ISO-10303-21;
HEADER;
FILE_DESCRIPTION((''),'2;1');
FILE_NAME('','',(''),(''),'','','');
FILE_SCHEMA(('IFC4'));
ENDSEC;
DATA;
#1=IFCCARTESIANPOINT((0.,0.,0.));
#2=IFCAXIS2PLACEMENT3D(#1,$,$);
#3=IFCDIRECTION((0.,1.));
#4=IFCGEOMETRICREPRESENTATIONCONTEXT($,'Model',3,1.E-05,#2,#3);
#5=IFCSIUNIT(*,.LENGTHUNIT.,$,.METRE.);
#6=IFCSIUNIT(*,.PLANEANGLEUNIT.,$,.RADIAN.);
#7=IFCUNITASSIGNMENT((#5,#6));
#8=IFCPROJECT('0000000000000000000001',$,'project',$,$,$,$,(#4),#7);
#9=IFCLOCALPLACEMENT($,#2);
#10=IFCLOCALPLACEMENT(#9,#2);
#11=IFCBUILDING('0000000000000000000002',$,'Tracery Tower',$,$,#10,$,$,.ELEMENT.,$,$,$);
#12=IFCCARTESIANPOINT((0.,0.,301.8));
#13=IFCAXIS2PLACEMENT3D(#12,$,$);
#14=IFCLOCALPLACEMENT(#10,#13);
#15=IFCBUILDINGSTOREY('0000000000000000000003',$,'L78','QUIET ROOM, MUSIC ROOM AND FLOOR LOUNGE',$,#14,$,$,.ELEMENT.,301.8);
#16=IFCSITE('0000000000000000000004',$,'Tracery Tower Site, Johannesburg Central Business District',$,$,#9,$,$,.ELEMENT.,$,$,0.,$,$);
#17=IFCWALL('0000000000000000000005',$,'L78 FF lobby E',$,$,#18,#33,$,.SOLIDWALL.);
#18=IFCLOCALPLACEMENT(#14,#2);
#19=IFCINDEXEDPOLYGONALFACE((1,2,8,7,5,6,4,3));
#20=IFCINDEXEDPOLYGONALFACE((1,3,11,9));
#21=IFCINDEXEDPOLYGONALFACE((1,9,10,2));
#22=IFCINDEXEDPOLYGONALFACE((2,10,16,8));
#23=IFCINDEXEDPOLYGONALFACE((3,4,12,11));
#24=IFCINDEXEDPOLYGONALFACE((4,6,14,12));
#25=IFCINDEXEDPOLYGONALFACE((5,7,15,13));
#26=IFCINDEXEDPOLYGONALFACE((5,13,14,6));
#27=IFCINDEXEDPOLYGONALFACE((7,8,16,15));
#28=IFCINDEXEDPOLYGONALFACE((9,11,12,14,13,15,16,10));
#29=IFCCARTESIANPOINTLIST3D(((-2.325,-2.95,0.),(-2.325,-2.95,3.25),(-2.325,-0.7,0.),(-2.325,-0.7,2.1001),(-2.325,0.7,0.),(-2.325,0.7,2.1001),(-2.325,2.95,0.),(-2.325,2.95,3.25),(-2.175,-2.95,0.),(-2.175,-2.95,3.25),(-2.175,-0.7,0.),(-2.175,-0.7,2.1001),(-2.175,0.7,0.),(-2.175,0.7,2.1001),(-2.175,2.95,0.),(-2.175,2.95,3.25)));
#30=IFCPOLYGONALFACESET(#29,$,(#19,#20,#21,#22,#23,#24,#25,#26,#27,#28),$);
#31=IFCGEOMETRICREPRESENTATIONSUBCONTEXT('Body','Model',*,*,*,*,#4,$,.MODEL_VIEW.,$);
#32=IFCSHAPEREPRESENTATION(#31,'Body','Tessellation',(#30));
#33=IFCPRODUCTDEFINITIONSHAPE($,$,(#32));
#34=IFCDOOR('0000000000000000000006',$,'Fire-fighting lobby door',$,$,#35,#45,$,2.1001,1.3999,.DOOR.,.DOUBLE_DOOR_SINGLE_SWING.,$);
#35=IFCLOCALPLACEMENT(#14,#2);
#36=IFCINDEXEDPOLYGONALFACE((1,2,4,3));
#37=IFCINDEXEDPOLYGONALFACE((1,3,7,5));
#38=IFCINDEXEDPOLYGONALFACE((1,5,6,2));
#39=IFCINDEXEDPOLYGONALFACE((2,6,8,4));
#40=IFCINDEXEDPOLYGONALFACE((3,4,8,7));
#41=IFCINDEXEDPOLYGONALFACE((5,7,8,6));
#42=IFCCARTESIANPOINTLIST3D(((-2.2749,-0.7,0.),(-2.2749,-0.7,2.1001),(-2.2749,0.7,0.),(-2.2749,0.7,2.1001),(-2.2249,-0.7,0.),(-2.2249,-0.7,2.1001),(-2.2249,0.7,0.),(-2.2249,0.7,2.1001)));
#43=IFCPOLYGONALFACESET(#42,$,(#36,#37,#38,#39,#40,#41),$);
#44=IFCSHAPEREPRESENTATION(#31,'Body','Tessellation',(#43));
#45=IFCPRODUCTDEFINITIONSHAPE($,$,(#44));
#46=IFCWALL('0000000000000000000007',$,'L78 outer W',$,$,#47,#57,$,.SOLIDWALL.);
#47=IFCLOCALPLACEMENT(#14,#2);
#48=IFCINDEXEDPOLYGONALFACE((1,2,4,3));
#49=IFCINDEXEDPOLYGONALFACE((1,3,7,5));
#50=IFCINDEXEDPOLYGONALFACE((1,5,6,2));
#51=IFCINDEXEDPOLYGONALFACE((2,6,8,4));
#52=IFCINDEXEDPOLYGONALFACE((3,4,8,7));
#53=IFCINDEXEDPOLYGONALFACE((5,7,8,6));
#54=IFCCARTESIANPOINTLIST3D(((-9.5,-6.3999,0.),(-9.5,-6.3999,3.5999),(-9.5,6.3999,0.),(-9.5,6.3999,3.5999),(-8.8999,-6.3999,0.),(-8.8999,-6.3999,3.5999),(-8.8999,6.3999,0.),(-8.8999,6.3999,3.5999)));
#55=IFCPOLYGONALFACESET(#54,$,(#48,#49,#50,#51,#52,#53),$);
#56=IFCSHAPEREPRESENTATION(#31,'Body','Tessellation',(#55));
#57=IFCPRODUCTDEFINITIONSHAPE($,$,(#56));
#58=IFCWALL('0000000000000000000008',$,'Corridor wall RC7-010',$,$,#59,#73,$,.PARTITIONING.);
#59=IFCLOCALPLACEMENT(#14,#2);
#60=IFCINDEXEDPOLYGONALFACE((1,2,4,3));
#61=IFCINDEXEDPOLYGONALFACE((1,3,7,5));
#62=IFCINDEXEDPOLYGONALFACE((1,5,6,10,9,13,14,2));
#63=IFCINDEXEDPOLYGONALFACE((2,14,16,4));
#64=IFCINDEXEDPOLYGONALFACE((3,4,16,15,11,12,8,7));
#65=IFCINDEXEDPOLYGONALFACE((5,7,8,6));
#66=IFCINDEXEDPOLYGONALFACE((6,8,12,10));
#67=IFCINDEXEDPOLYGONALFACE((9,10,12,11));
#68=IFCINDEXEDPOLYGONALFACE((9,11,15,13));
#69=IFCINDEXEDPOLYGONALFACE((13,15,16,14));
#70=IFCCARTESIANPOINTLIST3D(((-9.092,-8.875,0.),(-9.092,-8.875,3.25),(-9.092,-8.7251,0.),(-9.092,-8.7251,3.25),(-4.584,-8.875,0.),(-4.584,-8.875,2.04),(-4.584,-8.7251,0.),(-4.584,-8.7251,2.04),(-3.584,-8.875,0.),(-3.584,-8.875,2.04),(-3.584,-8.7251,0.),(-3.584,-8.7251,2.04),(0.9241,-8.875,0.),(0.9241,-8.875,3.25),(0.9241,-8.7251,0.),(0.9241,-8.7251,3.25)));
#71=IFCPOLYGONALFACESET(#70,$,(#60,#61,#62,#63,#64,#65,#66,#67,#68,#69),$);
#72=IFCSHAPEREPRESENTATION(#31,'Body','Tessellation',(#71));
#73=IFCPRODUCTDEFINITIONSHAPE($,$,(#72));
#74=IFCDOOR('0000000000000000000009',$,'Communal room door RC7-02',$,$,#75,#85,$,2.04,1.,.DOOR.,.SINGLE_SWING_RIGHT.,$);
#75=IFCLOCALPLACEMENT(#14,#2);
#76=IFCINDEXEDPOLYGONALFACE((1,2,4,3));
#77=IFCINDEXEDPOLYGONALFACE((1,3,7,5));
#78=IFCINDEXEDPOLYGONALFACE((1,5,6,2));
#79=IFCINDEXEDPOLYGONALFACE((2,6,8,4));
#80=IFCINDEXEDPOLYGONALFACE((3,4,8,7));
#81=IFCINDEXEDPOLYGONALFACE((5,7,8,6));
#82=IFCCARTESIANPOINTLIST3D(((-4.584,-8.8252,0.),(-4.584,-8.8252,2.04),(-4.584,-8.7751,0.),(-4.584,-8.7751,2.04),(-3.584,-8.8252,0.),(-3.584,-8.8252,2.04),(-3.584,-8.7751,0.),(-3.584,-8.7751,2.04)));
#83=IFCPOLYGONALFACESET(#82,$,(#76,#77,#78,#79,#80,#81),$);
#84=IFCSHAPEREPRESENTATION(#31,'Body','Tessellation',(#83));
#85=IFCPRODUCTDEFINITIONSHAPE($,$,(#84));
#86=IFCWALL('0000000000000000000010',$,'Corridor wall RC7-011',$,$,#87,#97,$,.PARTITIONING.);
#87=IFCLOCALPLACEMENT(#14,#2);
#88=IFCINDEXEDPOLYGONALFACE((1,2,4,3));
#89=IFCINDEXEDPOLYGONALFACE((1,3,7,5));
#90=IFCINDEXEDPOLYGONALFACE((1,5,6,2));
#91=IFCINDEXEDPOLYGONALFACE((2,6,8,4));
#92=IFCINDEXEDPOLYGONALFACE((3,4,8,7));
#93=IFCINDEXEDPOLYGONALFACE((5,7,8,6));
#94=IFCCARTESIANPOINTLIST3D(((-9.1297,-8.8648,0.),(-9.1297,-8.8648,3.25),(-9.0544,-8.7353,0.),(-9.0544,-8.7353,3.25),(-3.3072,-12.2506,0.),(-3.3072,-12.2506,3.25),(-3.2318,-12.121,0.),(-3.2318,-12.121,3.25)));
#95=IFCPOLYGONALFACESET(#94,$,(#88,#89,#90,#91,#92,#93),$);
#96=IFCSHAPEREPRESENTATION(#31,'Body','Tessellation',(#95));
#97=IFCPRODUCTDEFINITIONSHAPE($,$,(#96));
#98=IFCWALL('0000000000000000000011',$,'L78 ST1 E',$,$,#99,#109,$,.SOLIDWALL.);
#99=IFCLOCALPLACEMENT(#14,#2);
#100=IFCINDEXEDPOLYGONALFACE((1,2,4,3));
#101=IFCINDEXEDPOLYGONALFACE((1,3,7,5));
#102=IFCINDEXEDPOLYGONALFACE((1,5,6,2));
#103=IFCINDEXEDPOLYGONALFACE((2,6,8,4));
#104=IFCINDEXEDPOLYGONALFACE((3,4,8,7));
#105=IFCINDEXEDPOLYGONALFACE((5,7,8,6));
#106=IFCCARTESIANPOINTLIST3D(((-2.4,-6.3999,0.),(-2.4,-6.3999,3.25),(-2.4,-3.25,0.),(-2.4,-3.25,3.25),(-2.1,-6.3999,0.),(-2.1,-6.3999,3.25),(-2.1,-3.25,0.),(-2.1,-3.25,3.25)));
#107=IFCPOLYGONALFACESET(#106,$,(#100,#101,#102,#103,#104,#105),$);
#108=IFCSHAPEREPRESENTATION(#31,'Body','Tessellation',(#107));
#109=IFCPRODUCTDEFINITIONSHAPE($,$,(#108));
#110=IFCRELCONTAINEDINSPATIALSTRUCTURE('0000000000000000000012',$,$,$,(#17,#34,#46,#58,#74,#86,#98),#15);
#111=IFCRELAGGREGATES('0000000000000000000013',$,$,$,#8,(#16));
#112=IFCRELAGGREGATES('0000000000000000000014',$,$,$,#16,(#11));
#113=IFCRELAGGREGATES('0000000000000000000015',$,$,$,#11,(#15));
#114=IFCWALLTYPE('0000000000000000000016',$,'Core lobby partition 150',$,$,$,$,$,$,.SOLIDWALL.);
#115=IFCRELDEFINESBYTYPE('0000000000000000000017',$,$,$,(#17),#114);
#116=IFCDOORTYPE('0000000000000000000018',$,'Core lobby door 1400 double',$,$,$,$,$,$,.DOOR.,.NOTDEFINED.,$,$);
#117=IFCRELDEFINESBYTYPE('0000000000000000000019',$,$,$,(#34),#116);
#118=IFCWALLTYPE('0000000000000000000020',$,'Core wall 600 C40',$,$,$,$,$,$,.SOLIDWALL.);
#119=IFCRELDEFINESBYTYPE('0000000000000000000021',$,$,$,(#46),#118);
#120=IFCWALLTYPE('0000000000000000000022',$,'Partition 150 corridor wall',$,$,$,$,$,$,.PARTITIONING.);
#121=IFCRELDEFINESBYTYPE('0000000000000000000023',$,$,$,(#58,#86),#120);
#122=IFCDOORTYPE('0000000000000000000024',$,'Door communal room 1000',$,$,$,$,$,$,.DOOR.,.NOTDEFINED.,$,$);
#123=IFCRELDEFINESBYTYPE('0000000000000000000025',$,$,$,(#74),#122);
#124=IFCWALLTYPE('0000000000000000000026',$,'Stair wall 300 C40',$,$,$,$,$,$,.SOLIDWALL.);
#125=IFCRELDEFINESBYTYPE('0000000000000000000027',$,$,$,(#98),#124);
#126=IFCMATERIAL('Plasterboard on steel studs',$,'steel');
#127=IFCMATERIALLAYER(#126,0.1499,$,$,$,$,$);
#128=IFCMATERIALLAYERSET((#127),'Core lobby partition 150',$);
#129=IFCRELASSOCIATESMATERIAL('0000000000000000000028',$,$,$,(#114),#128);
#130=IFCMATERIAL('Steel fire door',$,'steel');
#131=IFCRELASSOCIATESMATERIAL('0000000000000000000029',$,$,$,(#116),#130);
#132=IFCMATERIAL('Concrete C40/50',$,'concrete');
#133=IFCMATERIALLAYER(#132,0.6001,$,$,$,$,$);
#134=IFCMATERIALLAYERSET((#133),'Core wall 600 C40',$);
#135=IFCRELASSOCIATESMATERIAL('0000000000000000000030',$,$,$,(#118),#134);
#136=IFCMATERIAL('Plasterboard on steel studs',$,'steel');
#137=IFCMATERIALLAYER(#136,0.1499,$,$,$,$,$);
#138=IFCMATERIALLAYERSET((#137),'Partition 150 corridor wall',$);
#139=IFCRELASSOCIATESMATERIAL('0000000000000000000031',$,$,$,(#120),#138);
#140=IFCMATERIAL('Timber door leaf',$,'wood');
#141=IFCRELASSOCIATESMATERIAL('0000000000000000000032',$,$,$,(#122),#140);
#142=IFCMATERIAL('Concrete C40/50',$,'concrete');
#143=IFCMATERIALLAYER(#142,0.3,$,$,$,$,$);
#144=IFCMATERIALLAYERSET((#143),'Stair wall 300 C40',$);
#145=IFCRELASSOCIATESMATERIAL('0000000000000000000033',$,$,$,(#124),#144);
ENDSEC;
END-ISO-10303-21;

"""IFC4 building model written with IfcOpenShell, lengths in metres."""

from ifc_helpers import new_model, si_unit, direction, frame, frame_2d, origin, place, context, subcontext, project, spatial, rectangle, extrude, material, layer, layer_set, type_object, element, fill, save


model = new_model("IFC4")

# Units and contexts
model_context = context("Model", 3, precision=1e-05, world=origin(), true_north=direction((0.0, 1.0)))
body_context = subcontext(model_context, "Body", "Model", "MODEL_VIEW")
ifc_project = project(units=[si_unit("LENGTHUNIT", "METRE"), si_unit("PLANEANGLEUNIT", "RADIAN")], contexts=[model_context])

# Site, building, storey
site_placement = place(None, origin())
site = spatial("IfcSite", under=ifc_project, at=site_placement, Name="Tracery Tower Site, Johannesburg Central Business District", CompositionType="ELEMENT", RefElevation=0.0)
building_placement = place(site_placement, origin())
building = spatial("IfcBuilding", under=site, at=building_placement, Name="Tracery Tower", CompositionType="ELEMENT")
storey_placement = place(building_placement, frame((0.0, 0.0, 301.8)))
storey = spatial("IfcBuildingStorey", under=building, at=storey_placement, Name="L78", Description="QUIET ROOM, MUSIC ROOM AND FLOOR LOUNGE", CompositionType="ELEMENT", Elevation=301.8)

# Wall, opening, door
ifc_material_1 = material(Name="Plasterboard on steel studs", Category="steel")
ifc_layer_1 = layer(ifc_material_1, 0.1499)
ifc_layer_set_1 = layer_set([ifc_layer_1], Name="Core lobby partition 150")
wall_type_1 = type_object("IfcWallType", Name="Core lobby partition 150", PredefinedType="SOLIDWALL", material=ifc_layer_set_1)
wall_1_placement = place(storey_placement, frame((-2.25, -2.95, 0.0), z_axis=(0.0, 0.0, 1.0), x_axis=(0.0, 1.0, 0.0)))
wall_1 = element("IfcWall", 1, at=wall_1_placement, inside=storey, type_object=wall_type_1, Name="L78 FF lobby E", PredefinedType="SOLIDWALL", context=body_context, shape_type="SweptSolid", body=[
    extrude(rectangle(XDim=5.8999, YDim=0.1499, at=frame_2d((2.95, 0.0))), origin(), (0.0, 0.0, 1.0), 3.25),
])
opening_1_placement = place(wall_1_placement, frame((2.25, 0.0, 0.0)))
opening_1 = element("IfcOpeningElement", 2, at=opening_1_placement, cuts=wall_1, PredefinedType="OPENING", context=body_context, shape_type="SweptSolid", body=[
    extrude(rectangle(XDim=1.3999, YDim=2.1001, at=frame_2d((0.7, 1.05))), frame((0.0, 0.075, 0.0), z_axis=(0.0, -1.0, 0.0), x_axis=(1.0, 0.0, 0.0)), (0.0, 0.0, 1.0), 0.1499),
])
ifc_material_2 = material(Name="Steel fire door", Category="steel")
door_type_1 = type_object("IfcDoorType", Name="Core lobby door 1400 double", OperationType="NOTDEFINED", PredefinedType="DOOR", material=ifc_material_2)
door_1_placement = place(opening_1_placement, origin())
door_1 = element("IfcDoor", 3, at=door_1_placement, inside=storey, type_object=door_type_1, Name="Fire-fighting lobby door", OperationType="DOUBLE_DOOR_SINGLE_SWING", OverallHeight=2.1001, OverallWidth=1.3999, PredefinedType="DOOR", context=body_context, shape_type="SweptSolid", body=[
    extrude(rectangle(XDim=1.3999, YDim=2.1001, at=frame_2d((0.7, 1.05))), frame((0.0, 0.0249, 0.0), z_axis=(0.0, -1.0, 0.0), x_axis=(1.0, 0.0, 0.0)), (0.0, 0.0, 1.0), 0.05),
])
fill(opening_1, door_1)

# Wall
ifc_material_3 = material(Name="Concrete C40/50", Category="concrete")
ifc_layer_2 = layer(ifc_material_3, 0.6001)
ifc_layer_set_2 = layer_set([ifc_layer_2], Name="Core wall 600 C40")
wall_type_2 = type_object("IfcWallType", Name="Core wall 600 C40", PredefinedType="SOLIDWALL", material=ifc_layer_set_2)
wall_2_placement = place(storey_placement, frame((-9.2, -6.3999, 0.0), z_axis=(0.0, 0.0, 1.0), x_axis=(0.0, 1.0, 0.0)))
element("IfcWall", 4, at=wall_2_placement, inside=storey, type_object=wall_type_2, Name="L78 outer W", PredefinedType="SOLIDWALL", context=body_context, shape_type="SweptSolid", body=[
    extrude(rectangle(XDim=12.7998, YDim=0.6001, at=frame_2d((6.3999, 0.0))), origin(), (0.0, 0.0, 1.0), 3.5999),
])

# Wall, opening, door
ifc_material_4 = material(Name="Plasterboard on steel studs", Category="steel")
ifc_layer_3 = layer(ifc_material_4, 0.1499)
ifc_layer_set_3 = layer_set([ifc_layer_3], Name="Partition 150 corridor wall")
wall_type_3 = type_object("IfcWallType", Name="Partition 150 corridor wall", PredefinedType="PARTITIONING", material=ifc_layer_set_3)
wall_3_placement = place(storey_placement, frame((-9.092, -8.8, 0.0), z_axis=(0.0, 0.0, 1.0), x_axis=(1.0, 0.0, 0.0)))
wall_3 = element("IfcWall", 5, at=wall_3_placement, inside=storey, type_object=wall_type_3, Name="Corridor wall RC7-010", PredefinedType="PARTITIONING", context=body_context, shape_type="SweptSolid", body=[
    extrude(rectangle(XDim=10.0161, YDim=0.1499, at=frame_2d((5.0081, 0.0))), origin(), (0.0, 0.0, 1.0), 3.25),
])
opening_2_placement = place(wall_3_placement, frame((4.5081, 0.0, 0.0)))
opening_2 = element("IfcOpeningElement", 6, at=opening_2_placement, cuts=wall_3, PredefinedType="OPENING", context=body_context, shape_type="SweptSolid", body=[
    extrude(rectangle(XDim=1.0, YDim=2.04, at=frame_2d((0.5, 1.02))), frame((0.0, 0.075, 0.0), z_axis=(0.0, -1.0, 0.0), x_axis=(1.0, 0.0, 0.0)), (0.0, 0.0, 1.0), 0.1499),
])
ifc_material_5 = material(Name="Timber door leaf", Category="wood")
door_type_2 = type_object("IfcDoorType", Name="Door communal room 1000", OperationType="NOTDEFINED", PredefinedType="DOOR", material=ifc_material_5)
door_2_placement = place(opening_2_placement, origin())
door_2 = element("IfcDoor", 7, at=door_2_placement, inside=storey, type_object=door_type_2, Name="Communal room door RC7-02", OperationType="SINGLE_SWING_RIGHT", OverallHeight=2.04, OverallWidth=1.0, PredefinedType="DOOR", context=body_context, shape_type="SweptSolid", body=[
    extrude(rectangle(XDim=1.0, YDim=2.04, at=frame_2d((0.5, 1.02))), frame((0.0, 0.0249, 0.0), z_axis=(0.0, -1.0, 0.0), x_axis=(1.0, 0.0, 0.0)), (0.0, 0.0, 1.0), 0.05),
])
fill(opening_2, door_2)

# Wall
wall_4_placement = place(storey_placement, frame((-9.092, -8.8, 0.0), z_axis=(0.0, 0.0, 1.0), x_axis=(0.864471, -0.502683, 0.0)))
element("IfcWall", 8, at=wall_4_placement, inside=storey, type_object=wall_type_3, Name="Corridor wall RC7-011", PredefinedType="PARTITIONING", context=body_context, shape_type="SweptSolid", body=[
    extrude(rectangle(XDim=6.7354, YDim=0.1499, at=frame_2d((3.3677, 0.0))), origin(), (0.0, 0.0, 1.0), 3.25),
])

# Shared definitions
ifc_material_6 = material(Name="Concrete C40/50", Category="concrete")
ifc_layer_4 = layer(ifc_material_6, 0.3)
ifc_layer_set_4 = layer_set([ifc_layer_4], Name="Stair wall 300 C40")
wall_type_4 = type_object("IfcWallType", Name="Stair wall 300 C40", PredefinedType="SOLIDWALL", material=ifc_layer_set_4)

# Wall
wall_5_placement = place(storey_placement, frame((-2.25, -6.3999, 0.0), z_axis=(0.0, 0.0, 1.0), x_axis=(0.0, 1.0, 0.0)))
element("IfcWall", 9, at=wall_5_placement, inside=storey, type_object=wall_type_4, Name="L78 ST1 E", PredefinedType="SOLIDWALL", context=body_context, shape_type="SweptSolid", body=[
    extrude(rectangle(XDim=3.1499, YDim=0.3, at=frame_2d((1.575, 0.0))), origin(), (0.0, 0.0, 1.0), 3.25),
])

save(model, "model.ifc")
